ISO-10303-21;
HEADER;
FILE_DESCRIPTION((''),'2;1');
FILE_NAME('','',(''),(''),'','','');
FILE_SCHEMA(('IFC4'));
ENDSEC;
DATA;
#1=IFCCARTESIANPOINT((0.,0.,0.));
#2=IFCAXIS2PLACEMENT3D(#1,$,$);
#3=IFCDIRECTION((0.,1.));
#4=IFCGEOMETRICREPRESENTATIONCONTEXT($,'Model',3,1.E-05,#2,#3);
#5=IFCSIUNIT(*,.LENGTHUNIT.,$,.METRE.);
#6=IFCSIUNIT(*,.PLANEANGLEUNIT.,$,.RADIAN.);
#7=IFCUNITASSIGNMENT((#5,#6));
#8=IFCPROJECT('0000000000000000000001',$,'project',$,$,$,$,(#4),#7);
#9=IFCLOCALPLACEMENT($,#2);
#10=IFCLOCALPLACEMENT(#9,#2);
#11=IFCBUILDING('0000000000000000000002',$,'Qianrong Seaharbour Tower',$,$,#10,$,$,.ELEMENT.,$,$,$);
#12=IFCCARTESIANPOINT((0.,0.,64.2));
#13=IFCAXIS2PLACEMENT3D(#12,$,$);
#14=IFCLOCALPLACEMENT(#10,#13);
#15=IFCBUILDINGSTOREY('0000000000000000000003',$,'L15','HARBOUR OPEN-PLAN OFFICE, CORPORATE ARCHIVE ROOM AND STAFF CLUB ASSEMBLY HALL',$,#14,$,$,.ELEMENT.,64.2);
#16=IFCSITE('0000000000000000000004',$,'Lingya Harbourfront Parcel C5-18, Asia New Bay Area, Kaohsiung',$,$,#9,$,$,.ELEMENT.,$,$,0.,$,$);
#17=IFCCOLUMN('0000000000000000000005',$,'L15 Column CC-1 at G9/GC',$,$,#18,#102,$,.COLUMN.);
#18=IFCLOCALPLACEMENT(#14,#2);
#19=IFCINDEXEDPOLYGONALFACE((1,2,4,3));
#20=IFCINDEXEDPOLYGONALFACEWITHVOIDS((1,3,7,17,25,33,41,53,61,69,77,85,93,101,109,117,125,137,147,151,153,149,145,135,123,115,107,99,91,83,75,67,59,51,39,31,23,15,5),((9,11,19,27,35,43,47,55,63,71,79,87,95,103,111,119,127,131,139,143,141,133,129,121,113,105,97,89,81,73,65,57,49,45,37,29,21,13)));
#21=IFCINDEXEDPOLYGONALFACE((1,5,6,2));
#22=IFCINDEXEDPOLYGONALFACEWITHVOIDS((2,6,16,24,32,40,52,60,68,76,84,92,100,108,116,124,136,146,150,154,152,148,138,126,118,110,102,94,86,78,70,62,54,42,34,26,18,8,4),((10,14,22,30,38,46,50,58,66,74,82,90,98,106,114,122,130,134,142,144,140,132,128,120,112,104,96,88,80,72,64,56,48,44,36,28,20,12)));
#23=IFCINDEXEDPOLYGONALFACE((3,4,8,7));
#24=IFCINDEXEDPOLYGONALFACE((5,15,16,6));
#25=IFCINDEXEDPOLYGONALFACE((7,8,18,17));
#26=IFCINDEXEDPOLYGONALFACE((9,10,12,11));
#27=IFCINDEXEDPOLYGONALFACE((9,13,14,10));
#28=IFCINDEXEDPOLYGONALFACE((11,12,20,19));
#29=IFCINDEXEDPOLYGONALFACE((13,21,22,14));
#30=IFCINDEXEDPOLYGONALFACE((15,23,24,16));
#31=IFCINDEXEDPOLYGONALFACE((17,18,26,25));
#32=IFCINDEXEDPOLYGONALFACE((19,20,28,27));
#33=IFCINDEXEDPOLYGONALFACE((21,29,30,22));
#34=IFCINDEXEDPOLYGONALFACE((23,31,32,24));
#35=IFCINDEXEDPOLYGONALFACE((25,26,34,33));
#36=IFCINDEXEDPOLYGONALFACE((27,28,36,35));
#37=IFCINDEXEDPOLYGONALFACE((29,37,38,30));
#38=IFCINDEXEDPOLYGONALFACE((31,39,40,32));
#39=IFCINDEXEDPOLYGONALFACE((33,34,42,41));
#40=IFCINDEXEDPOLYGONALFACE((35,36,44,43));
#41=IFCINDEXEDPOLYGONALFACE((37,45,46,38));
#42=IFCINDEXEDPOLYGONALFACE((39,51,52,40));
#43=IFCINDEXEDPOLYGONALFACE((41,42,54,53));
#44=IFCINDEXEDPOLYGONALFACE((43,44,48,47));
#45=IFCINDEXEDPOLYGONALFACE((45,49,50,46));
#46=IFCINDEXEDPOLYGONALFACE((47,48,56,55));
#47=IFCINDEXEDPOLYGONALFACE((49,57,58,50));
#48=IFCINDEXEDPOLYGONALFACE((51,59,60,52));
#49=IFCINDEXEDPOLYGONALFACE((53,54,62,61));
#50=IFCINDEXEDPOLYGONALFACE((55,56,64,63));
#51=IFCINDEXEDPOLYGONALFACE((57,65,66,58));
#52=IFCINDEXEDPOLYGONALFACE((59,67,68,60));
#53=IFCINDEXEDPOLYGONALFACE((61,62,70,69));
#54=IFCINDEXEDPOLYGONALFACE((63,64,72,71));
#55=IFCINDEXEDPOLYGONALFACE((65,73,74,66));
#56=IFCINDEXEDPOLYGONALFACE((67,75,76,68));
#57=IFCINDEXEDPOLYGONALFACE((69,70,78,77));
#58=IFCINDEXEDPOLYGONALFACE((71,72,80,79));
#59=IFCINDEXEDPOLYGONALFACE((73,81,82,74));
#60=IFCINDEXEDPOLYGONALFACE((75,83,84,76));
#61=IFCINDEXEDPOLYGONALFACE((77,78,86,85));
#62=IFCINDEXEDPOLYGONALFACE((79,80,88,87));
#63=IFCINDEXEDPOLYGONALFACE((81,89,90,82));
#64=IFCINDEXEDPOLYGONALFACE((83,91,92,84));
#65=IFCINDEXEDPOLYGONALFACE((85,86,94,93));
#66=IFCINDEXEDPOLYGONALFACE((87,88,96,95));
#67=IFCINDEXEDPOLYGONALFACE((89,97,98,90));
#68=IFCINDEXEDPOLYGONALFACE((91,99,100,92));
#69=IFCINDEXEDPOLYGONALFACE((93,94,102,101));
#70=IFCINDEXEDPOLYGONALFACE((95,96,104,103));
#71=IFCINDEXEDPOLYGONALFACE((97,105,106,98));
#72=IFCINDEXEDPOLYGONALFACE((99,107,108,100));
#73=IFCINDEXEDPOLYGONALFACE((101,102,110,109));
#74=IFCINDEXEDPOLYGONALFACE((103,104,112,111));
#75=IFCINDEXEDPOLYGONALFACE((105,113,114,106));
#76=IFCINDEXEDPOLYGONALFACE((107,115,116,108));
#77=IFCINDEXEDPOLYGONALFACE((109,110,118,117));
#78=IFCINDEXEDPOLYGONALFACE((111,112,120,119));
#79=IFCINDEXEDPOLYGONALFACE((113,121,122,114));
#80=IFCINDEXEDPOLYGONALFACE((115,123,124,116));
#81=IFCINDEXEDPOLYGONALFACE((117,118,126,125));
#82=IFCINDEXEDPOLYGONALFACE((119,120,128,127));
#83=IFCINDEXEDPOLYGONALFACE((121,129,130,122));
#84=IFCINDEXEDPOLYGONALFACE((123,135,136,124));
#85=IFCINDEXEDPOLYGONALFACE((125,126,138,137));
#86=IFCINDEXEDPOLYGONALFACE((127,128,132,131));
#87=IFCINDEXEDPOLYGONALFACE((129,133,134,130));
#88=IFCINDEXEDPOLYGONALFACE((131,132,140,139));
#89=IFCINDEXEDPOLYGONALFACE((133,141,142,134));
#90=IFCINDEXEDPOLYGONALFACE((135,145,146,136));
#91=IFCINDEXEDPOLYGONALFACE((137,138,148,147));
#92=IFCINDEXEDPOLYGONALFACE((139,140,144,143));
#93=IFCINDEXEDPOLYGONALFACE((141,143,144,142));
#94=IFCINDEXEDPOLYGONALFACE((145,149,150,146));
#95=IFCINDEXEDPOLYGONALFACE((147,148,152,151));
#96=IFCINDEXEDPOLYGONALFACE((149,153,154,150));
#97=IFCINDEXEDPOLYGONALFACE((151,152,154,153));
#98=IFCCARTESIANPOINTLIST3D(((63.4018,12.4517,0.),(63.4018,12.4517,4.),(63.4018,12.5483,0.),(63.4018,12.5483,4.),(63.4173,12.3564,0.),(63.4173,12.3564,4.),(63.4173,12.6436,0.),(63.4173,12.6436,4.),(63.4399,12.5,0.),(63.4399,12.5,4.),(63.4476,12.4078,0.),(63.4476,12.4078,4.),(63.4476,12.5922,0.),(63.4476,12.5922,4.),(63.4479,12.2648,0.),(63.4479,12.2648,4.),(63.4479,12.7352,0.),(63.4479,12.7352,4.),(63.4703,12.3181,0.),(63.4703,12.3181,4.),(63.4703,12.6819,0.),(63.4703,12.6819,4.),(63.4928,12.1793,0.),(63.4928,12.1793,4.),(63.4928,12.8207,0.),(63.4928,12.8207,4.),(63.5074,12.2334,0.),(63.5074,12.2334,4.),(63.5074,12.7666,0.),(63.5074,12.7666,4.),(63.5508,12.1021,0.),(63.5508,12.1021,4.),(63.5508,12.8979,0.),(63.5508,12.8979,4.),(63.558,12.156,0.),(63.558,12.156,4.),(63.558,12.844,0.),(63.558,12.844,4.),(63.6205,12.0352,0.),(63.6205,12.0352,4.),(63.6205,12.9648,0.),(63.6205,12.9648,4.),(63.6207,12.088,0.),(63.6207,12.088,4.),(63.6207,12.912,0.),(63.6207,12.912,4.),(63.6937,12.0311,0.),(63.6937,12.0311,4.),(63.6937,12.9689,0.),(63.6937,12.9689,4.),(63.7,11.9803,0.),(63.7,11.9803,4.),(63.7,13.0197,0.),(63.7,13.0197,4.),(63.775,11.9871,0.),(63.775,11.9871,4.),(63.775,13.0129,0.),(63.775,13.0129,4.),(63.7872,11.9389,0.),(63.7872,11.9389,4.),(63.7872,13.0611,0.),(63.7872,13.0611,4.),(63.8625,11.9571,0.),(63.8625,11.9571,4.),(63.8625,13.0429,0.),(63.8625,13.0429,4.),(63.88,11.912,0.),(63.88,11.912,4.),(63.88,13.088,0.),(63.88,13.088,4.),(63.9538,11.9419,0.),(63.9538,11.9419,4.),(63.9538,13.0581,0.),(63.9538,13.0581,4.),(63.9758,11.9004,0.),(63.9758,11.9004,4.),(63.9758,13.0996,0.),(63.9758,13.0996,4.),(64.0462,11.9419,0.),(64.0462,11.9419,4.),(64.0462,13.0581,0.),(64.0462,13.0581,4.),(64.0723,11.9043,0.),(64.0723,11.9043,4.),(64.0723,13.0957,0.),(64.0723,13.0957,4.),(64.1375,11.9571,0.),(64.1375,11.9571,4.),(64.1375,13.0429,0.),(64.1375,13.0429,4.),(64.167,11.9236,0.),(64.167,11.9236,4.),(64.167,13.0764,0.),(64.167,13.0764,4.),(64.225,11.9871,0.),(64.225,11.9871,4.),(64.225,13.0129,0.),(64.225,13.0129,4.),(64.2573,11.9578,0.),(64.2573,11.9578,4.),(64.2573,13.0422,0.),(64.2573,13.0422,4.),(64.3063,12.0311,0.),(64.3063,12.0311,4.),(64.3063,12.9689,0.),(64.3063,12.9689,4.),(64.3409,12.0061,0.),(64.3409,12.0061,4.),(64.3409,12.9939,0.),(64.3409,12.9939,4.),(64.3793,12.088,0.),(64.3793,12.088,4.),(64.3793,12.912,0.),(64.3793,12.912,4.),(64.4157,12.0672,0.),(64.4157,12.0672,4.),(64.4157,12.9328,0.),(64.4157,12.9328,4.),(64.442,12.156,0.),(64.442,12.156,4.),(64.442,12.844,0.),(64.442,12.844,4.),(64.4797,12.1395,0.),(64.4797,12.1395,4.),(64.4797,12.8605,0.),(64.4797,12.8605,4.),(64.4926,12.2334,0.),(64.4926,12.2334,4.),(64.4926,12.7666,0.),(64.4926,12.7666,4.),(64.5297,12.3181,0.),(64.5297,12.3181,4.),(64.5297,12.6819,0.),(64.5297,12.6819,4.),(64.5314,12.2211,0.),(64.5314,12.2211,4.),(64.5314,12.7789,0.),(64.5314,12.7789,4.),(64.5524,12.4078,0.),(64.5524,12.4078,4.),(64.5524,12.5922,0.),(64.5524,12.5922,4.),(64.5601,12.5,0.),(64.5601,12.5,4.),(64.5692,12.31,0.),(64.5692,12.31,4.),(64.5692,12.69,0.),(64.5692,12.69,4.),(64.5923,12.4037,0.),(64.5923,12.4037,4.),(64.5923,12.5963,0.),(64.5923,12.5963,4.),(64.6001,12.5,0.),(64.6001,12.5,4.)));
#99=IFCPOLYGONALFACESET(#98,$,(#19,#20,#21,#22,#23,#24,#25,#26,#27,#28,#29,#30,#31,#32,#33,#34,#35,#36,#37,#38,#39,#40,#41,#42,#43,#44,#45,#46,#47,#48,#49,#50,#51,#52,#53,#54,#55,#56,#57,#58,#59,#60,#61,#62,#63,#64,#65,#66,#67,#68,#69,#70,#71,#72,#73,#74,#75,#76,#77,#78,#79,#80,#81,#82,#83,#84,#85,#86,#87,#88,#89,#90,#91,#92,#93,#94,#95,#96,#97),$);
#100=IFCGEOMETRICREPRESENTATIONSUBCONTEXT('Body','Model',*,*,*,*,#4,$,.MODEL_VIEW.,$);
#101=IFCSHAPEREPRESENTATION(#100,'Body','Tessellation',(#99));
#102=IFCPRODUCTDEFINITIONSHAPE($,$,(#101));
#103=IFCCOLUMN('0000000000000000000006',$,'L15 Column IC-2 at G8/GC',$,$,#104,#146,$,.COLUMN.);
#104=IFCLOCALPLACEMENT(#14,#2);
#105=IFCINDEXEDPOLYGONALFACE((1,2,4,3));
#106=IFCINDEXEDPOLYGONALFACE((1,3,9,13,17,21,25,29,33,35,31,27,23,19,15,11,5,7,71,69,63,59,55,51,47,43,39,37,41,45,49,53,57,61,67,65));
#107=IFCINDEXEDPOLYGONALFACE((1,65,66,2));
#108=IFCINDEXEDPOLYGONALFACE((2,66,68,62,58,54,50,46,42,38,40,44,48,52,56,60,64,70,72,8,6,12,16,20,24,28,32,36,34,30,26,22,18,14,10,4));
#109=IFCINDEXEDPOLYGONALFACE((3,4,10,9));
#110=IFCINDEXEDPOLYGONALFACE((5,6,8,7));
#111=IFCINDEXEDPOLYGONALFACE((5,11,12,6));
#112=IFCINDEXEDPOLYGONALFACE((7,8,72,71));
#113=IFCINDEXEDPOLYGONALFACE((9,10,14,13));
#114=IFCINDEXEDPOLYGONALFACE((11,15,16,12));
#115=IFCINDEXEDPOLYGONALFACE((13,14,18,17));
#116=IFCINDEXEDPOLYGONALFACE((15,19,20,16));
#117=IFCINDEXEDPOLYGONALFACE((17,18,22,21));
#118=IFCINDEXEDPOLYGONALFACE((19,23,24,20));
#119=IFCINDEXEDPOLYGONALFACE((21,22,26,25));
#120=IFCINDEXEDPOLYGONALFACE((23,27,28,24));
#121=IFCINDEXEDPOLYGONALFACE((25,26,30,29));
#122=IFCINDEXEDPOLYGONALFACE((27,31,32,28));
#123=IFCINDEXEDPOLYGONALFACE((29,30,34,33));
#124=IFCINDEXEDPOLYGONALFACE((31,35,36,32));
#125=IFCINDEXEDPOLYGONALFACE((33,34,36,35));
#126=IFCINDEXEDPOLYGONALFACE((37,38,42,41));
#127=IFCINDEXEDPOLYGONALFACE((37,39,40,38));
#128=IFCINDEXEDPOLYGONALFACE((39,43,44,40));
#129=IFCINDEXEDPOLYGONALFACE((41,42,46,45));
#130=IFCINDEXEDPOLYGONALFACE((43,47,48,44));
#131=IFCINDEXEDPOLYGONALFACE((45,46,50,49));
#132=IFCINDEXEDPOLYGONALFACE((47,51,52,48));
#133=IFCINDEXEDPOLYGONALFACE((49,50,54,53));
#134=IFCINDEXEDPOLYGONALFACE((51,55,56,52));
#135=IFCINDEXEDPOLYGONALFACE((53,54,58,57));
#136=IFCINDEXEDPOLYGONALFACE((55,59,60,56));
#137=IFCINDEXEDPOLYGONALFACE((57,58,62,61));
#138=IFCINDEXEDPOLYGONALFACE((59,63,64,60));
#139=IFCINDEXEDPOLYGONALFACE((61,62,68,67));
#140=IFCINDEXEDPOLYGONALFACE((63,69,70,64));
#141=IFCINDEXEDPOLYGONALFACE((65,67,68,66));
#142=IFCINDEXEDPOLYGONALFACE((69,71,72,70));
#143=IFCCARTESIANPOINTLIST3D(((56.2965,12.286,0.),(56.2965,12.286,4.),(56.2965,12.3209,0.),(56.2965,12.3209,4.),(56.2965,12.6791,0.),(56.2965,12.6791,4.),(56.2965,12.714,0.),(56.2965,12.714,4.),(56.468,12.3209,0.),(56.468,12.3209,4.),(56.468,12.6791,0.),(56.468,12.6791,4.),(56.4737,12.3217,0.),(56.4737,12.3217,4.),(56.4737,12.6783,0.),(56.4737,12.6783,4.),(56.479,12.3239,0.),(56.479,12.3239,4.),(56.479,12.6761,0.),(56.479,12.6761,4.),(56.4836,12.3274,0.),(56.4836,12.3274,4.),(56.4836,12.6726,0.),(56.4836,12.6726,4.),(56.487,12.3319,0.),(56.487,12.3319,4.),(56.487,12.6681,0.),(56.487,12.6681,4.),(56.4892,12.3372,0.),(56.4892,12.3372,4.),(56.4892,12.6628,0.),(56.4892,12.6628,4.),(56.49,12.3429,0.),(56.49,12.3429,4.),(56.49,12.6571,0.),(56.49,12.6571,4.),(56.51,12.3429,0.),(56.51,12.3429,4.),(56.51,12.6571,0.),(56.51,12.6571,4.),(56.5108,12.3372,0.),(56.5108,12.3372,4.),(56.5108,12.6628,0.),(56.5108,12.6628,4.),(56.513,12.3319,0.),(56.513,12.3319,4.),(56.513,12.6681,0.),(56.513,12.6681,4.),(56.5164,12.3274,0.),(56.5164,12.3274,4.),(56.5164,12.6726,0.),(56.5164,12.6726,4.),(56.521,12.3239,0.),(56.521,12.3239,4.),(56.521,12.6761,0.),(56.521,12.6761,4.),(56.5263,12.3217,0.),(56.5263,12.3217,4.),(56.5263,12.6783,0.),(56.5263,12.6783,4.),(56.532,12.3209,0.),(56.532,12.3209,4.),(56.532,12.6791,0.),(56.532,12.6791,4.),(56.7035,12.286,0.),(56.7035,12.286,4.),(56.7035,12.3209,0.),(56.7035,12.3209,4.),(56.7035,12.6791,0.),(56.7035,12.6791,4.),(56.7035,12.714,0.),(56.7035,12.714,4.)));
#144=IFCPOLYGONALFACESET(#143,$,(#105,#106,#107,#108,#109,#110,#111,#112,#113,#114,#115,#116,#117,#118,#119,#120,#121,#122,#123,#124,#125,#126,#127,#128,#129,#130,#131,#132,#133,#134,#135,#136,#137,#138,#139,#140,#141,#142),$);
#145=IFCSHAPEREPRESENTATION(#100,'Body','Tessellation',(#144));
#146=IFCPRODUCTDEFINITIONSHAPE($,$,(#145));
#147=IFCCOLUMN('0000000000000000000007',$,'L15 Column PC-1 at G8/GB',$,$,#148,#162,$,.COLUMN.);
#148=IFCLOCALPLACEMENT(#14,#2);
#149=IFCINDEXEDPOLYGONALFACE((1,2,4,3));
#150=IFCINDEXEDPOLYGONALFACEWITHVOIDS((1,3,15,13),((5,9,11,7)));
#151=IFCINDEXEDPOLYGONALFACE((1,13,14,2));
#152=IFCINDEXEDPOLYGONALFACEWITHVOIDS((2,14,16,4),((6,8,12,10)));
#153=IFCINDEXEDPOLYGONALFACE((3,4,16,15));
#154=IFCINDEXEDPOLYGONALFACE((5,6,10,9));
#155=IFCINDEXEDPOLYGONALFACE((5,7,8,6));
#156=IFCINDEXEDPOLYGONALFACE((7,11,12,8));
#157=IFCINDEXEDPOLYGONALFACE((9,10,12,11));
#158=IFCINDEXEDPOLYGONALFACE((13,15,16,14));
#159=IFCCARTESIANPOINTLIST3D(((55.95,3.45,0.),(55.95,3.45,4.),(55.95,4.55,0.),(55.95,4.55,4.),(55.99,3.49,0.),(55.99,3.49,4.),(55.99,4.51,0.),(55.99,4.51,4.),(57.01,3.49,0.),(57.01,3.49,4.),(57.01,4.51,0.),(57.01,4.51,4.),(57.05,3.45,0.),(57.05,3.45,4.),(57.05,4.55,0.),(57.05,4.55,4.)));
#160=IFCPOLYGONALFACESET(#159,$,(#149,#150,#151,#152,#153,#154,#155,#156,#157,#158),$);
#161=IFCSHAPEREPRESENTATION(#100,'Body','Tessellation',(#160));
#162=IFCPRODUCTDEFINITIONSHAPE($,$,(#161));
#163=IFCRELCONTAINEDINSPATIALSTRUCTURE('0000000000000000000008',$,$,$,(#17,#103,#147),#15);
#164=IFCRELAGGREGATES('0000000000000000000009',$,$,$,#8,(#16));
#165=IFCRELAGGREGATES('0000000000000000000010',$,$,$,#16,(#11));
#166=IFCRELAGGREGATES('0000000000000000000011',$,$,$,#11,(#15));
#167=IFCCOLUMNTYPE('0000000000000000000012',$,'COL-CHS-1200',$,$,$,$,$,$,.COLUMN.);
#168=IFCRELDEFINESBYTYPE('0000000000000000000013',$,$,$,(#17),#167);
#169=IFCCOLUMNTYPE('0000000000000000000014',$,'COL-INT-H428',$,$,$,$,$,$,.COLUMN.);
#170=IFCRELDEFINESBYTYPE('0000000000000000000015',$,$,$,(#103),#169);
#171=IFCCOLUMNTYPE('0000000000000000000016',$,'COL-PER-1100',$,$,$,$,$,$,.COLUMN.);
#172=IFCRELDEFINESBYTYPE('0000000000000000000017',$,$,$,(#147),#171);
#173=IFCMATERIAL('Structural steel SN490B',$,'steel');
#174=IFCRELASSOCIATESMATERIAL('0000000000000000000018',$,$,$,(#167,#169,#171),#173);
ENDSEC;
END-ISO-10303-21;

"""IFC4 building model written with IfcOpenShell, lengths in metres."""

from ifc_helpers import new_model, si_unit, direction, frame, origin, origin_2d, place, context, subcontext, project, spatial, hollow_rectangle, hollow_circle, i_section, extrude, material, material_profile, profile_set, type_object, element, save


model = new_model("IFC4")

# Units and contexts
model_context = context("Model", 3, precision=1e-05, world=origin(), true_north=direction((0.0, 1.0)))
body_context = subcontext(model_context, "Body", "Model", "MODEL_VIEW")
ifc_project = project(units=[si_unit("LENGTHUNIT", "METRE"), si_unit("PLANEANGLEUNIT", "RADIAN")], contexts=[model_context])

# Site, building, storey
site_placement = place(None, origin())
site = spatial("IfcSite", under=ifc_project, at=site_placement, Name="Lingya Harbourfront Parcel C5-18, Asia New Bay Area, Kaohsiung", CompositionType="ELEMENT", RefElevation=0.0)
building_placement = place(site_placement, origin())
building = spatial("IfcBuilding", under=site, at=building_placement, Name="Qianrong Seaharbour Tower", CompositionType="ELEMENT")
storey_placement = place(building_placement, frame((0.0, 0.0, 64.2)))
storey = spatial("IfcBuildingStorey", under=building, at=storey_placement, Name="L15", Description="HARBOUR OPEN-PLAN OFFICE, CORPORATE ARCHIVE ROOM AND STAFF CLUB ASSEMBLY HALL", CompositionType="ELEMENT", Elevation=64.2)

# Columns
ifc_material_1 = material(Name="Structural steel SN490B", Category="steel")
ifc_material_profile_1 = material_profile(ifc_material_1, hollow_circle(Radius=0.6001, WallThickness=0.04, at=origin_2d()), Name="CHS1200x40")
ifc_profile_set_1 = profile_set([ifc_material_profile_1], Name="Structural steel SN490B")
column_type_1 = type_object("IfcColumnType", Name="COL-CHS-1200", PredefinedType="COLUMN", material=ifc_profile_set_1)
column_1_placement = place(storey_placement, frame((64.0, 12.5, 0.0), z_axis=(0.0, 0.0, 1.0), x_axis=(1.0, 0.0, 0.0)))
element("IfcColumn", 1, at=column_1_placement, inside=storey, type_object=column_type_1, Name="L15 Column CC-1 at G9/GC", PredefinedType="COLUMN", context=body_context, shape_type="SweptSolid", body=[
    extrude(hollow_circle(Radius=0.6001, WallThickness=0.04, at=origin_2d()), origin(), (0.0, 0.0, 1.0), 4.0),
])
ifc_material_profile_2 = material_profile(ifc_material_1, i_section(OverallWidth=0.407, OverallDepth=0.428, WebThickness=0.02, FlangeThickness=0.0349, FilletRadius=0.022, at=origin_2d()), Name="H428x407x20x35")
ifc_profile_set_2 = profile_set([ifc_material_profile_2], Name="Structural steel SN490B")
column_type_2 = type_object("IfcColumnType", Name="COL-INT-H428", PredefinedType="COLUMN", material=ifc_profile_set_2)
column_2_placement = place(storey_placement, frame((56.5, 12.5, 0.0), z_axis=(0.0, 0.0, 1.0), x_axis=(1.0, 0.0, 0.0)))
element("IfcColumn", 2, at=column_2_placement, inside=storey, type_object=column_type_2, Name="L15 Column IC-2 at G8/GC", PredefinedType="COLUMN", context=body_context, shape_type="SweptSolid", body=[
    extrude(i_section(OverallWidth=0.407, OverallDepth=0.428, WebThickness=0.02, FlangeThickness=0.0349, FilletRadius=0.022, at=origin_2d()), origin(), (0.0, 0.0, 1.0), 4.0),
])
ifc_material_profile_3 = material_profile(ifc_material_1, hollow_rectangle(XDim=1.1001, YDim=1.1001, WallThickness=0.04, at=origin_2d()), Name="BOX1100x1100x40")
ifc_profile_set_3 = profile_set([ifc_material_profile_3], Name="Structural steel SN490B")
column_type_3 = type_object("IfcColumnType", Name="COL-PER-1100", PredefinedType="COLUMN", material=ifc_profile_set_3)
column_3_placement = place(storey_placement, frame((56.5, 4.0, 0.0), z_axis=(0.0, 0.0, 1.0), x_axis=(1.0, 0.0, 0.0)))
element("IfcColumn", 3, at=column_3_placement, inside=storey, type_object=column_type_3, Name="L15 Column PC-1 at G8/GB", PredefinedType="COLUMN", context=body_context, shape_type="SweptSolid", body=[
    extrude(hollow_rectangle(XDim=1.1001, YDim=1.1001, WallThickness=0.04, at=origin_2d()), origin(), (0.0, 0.0, 1.0), 4.0),
])

save(model, "model.ifc")
